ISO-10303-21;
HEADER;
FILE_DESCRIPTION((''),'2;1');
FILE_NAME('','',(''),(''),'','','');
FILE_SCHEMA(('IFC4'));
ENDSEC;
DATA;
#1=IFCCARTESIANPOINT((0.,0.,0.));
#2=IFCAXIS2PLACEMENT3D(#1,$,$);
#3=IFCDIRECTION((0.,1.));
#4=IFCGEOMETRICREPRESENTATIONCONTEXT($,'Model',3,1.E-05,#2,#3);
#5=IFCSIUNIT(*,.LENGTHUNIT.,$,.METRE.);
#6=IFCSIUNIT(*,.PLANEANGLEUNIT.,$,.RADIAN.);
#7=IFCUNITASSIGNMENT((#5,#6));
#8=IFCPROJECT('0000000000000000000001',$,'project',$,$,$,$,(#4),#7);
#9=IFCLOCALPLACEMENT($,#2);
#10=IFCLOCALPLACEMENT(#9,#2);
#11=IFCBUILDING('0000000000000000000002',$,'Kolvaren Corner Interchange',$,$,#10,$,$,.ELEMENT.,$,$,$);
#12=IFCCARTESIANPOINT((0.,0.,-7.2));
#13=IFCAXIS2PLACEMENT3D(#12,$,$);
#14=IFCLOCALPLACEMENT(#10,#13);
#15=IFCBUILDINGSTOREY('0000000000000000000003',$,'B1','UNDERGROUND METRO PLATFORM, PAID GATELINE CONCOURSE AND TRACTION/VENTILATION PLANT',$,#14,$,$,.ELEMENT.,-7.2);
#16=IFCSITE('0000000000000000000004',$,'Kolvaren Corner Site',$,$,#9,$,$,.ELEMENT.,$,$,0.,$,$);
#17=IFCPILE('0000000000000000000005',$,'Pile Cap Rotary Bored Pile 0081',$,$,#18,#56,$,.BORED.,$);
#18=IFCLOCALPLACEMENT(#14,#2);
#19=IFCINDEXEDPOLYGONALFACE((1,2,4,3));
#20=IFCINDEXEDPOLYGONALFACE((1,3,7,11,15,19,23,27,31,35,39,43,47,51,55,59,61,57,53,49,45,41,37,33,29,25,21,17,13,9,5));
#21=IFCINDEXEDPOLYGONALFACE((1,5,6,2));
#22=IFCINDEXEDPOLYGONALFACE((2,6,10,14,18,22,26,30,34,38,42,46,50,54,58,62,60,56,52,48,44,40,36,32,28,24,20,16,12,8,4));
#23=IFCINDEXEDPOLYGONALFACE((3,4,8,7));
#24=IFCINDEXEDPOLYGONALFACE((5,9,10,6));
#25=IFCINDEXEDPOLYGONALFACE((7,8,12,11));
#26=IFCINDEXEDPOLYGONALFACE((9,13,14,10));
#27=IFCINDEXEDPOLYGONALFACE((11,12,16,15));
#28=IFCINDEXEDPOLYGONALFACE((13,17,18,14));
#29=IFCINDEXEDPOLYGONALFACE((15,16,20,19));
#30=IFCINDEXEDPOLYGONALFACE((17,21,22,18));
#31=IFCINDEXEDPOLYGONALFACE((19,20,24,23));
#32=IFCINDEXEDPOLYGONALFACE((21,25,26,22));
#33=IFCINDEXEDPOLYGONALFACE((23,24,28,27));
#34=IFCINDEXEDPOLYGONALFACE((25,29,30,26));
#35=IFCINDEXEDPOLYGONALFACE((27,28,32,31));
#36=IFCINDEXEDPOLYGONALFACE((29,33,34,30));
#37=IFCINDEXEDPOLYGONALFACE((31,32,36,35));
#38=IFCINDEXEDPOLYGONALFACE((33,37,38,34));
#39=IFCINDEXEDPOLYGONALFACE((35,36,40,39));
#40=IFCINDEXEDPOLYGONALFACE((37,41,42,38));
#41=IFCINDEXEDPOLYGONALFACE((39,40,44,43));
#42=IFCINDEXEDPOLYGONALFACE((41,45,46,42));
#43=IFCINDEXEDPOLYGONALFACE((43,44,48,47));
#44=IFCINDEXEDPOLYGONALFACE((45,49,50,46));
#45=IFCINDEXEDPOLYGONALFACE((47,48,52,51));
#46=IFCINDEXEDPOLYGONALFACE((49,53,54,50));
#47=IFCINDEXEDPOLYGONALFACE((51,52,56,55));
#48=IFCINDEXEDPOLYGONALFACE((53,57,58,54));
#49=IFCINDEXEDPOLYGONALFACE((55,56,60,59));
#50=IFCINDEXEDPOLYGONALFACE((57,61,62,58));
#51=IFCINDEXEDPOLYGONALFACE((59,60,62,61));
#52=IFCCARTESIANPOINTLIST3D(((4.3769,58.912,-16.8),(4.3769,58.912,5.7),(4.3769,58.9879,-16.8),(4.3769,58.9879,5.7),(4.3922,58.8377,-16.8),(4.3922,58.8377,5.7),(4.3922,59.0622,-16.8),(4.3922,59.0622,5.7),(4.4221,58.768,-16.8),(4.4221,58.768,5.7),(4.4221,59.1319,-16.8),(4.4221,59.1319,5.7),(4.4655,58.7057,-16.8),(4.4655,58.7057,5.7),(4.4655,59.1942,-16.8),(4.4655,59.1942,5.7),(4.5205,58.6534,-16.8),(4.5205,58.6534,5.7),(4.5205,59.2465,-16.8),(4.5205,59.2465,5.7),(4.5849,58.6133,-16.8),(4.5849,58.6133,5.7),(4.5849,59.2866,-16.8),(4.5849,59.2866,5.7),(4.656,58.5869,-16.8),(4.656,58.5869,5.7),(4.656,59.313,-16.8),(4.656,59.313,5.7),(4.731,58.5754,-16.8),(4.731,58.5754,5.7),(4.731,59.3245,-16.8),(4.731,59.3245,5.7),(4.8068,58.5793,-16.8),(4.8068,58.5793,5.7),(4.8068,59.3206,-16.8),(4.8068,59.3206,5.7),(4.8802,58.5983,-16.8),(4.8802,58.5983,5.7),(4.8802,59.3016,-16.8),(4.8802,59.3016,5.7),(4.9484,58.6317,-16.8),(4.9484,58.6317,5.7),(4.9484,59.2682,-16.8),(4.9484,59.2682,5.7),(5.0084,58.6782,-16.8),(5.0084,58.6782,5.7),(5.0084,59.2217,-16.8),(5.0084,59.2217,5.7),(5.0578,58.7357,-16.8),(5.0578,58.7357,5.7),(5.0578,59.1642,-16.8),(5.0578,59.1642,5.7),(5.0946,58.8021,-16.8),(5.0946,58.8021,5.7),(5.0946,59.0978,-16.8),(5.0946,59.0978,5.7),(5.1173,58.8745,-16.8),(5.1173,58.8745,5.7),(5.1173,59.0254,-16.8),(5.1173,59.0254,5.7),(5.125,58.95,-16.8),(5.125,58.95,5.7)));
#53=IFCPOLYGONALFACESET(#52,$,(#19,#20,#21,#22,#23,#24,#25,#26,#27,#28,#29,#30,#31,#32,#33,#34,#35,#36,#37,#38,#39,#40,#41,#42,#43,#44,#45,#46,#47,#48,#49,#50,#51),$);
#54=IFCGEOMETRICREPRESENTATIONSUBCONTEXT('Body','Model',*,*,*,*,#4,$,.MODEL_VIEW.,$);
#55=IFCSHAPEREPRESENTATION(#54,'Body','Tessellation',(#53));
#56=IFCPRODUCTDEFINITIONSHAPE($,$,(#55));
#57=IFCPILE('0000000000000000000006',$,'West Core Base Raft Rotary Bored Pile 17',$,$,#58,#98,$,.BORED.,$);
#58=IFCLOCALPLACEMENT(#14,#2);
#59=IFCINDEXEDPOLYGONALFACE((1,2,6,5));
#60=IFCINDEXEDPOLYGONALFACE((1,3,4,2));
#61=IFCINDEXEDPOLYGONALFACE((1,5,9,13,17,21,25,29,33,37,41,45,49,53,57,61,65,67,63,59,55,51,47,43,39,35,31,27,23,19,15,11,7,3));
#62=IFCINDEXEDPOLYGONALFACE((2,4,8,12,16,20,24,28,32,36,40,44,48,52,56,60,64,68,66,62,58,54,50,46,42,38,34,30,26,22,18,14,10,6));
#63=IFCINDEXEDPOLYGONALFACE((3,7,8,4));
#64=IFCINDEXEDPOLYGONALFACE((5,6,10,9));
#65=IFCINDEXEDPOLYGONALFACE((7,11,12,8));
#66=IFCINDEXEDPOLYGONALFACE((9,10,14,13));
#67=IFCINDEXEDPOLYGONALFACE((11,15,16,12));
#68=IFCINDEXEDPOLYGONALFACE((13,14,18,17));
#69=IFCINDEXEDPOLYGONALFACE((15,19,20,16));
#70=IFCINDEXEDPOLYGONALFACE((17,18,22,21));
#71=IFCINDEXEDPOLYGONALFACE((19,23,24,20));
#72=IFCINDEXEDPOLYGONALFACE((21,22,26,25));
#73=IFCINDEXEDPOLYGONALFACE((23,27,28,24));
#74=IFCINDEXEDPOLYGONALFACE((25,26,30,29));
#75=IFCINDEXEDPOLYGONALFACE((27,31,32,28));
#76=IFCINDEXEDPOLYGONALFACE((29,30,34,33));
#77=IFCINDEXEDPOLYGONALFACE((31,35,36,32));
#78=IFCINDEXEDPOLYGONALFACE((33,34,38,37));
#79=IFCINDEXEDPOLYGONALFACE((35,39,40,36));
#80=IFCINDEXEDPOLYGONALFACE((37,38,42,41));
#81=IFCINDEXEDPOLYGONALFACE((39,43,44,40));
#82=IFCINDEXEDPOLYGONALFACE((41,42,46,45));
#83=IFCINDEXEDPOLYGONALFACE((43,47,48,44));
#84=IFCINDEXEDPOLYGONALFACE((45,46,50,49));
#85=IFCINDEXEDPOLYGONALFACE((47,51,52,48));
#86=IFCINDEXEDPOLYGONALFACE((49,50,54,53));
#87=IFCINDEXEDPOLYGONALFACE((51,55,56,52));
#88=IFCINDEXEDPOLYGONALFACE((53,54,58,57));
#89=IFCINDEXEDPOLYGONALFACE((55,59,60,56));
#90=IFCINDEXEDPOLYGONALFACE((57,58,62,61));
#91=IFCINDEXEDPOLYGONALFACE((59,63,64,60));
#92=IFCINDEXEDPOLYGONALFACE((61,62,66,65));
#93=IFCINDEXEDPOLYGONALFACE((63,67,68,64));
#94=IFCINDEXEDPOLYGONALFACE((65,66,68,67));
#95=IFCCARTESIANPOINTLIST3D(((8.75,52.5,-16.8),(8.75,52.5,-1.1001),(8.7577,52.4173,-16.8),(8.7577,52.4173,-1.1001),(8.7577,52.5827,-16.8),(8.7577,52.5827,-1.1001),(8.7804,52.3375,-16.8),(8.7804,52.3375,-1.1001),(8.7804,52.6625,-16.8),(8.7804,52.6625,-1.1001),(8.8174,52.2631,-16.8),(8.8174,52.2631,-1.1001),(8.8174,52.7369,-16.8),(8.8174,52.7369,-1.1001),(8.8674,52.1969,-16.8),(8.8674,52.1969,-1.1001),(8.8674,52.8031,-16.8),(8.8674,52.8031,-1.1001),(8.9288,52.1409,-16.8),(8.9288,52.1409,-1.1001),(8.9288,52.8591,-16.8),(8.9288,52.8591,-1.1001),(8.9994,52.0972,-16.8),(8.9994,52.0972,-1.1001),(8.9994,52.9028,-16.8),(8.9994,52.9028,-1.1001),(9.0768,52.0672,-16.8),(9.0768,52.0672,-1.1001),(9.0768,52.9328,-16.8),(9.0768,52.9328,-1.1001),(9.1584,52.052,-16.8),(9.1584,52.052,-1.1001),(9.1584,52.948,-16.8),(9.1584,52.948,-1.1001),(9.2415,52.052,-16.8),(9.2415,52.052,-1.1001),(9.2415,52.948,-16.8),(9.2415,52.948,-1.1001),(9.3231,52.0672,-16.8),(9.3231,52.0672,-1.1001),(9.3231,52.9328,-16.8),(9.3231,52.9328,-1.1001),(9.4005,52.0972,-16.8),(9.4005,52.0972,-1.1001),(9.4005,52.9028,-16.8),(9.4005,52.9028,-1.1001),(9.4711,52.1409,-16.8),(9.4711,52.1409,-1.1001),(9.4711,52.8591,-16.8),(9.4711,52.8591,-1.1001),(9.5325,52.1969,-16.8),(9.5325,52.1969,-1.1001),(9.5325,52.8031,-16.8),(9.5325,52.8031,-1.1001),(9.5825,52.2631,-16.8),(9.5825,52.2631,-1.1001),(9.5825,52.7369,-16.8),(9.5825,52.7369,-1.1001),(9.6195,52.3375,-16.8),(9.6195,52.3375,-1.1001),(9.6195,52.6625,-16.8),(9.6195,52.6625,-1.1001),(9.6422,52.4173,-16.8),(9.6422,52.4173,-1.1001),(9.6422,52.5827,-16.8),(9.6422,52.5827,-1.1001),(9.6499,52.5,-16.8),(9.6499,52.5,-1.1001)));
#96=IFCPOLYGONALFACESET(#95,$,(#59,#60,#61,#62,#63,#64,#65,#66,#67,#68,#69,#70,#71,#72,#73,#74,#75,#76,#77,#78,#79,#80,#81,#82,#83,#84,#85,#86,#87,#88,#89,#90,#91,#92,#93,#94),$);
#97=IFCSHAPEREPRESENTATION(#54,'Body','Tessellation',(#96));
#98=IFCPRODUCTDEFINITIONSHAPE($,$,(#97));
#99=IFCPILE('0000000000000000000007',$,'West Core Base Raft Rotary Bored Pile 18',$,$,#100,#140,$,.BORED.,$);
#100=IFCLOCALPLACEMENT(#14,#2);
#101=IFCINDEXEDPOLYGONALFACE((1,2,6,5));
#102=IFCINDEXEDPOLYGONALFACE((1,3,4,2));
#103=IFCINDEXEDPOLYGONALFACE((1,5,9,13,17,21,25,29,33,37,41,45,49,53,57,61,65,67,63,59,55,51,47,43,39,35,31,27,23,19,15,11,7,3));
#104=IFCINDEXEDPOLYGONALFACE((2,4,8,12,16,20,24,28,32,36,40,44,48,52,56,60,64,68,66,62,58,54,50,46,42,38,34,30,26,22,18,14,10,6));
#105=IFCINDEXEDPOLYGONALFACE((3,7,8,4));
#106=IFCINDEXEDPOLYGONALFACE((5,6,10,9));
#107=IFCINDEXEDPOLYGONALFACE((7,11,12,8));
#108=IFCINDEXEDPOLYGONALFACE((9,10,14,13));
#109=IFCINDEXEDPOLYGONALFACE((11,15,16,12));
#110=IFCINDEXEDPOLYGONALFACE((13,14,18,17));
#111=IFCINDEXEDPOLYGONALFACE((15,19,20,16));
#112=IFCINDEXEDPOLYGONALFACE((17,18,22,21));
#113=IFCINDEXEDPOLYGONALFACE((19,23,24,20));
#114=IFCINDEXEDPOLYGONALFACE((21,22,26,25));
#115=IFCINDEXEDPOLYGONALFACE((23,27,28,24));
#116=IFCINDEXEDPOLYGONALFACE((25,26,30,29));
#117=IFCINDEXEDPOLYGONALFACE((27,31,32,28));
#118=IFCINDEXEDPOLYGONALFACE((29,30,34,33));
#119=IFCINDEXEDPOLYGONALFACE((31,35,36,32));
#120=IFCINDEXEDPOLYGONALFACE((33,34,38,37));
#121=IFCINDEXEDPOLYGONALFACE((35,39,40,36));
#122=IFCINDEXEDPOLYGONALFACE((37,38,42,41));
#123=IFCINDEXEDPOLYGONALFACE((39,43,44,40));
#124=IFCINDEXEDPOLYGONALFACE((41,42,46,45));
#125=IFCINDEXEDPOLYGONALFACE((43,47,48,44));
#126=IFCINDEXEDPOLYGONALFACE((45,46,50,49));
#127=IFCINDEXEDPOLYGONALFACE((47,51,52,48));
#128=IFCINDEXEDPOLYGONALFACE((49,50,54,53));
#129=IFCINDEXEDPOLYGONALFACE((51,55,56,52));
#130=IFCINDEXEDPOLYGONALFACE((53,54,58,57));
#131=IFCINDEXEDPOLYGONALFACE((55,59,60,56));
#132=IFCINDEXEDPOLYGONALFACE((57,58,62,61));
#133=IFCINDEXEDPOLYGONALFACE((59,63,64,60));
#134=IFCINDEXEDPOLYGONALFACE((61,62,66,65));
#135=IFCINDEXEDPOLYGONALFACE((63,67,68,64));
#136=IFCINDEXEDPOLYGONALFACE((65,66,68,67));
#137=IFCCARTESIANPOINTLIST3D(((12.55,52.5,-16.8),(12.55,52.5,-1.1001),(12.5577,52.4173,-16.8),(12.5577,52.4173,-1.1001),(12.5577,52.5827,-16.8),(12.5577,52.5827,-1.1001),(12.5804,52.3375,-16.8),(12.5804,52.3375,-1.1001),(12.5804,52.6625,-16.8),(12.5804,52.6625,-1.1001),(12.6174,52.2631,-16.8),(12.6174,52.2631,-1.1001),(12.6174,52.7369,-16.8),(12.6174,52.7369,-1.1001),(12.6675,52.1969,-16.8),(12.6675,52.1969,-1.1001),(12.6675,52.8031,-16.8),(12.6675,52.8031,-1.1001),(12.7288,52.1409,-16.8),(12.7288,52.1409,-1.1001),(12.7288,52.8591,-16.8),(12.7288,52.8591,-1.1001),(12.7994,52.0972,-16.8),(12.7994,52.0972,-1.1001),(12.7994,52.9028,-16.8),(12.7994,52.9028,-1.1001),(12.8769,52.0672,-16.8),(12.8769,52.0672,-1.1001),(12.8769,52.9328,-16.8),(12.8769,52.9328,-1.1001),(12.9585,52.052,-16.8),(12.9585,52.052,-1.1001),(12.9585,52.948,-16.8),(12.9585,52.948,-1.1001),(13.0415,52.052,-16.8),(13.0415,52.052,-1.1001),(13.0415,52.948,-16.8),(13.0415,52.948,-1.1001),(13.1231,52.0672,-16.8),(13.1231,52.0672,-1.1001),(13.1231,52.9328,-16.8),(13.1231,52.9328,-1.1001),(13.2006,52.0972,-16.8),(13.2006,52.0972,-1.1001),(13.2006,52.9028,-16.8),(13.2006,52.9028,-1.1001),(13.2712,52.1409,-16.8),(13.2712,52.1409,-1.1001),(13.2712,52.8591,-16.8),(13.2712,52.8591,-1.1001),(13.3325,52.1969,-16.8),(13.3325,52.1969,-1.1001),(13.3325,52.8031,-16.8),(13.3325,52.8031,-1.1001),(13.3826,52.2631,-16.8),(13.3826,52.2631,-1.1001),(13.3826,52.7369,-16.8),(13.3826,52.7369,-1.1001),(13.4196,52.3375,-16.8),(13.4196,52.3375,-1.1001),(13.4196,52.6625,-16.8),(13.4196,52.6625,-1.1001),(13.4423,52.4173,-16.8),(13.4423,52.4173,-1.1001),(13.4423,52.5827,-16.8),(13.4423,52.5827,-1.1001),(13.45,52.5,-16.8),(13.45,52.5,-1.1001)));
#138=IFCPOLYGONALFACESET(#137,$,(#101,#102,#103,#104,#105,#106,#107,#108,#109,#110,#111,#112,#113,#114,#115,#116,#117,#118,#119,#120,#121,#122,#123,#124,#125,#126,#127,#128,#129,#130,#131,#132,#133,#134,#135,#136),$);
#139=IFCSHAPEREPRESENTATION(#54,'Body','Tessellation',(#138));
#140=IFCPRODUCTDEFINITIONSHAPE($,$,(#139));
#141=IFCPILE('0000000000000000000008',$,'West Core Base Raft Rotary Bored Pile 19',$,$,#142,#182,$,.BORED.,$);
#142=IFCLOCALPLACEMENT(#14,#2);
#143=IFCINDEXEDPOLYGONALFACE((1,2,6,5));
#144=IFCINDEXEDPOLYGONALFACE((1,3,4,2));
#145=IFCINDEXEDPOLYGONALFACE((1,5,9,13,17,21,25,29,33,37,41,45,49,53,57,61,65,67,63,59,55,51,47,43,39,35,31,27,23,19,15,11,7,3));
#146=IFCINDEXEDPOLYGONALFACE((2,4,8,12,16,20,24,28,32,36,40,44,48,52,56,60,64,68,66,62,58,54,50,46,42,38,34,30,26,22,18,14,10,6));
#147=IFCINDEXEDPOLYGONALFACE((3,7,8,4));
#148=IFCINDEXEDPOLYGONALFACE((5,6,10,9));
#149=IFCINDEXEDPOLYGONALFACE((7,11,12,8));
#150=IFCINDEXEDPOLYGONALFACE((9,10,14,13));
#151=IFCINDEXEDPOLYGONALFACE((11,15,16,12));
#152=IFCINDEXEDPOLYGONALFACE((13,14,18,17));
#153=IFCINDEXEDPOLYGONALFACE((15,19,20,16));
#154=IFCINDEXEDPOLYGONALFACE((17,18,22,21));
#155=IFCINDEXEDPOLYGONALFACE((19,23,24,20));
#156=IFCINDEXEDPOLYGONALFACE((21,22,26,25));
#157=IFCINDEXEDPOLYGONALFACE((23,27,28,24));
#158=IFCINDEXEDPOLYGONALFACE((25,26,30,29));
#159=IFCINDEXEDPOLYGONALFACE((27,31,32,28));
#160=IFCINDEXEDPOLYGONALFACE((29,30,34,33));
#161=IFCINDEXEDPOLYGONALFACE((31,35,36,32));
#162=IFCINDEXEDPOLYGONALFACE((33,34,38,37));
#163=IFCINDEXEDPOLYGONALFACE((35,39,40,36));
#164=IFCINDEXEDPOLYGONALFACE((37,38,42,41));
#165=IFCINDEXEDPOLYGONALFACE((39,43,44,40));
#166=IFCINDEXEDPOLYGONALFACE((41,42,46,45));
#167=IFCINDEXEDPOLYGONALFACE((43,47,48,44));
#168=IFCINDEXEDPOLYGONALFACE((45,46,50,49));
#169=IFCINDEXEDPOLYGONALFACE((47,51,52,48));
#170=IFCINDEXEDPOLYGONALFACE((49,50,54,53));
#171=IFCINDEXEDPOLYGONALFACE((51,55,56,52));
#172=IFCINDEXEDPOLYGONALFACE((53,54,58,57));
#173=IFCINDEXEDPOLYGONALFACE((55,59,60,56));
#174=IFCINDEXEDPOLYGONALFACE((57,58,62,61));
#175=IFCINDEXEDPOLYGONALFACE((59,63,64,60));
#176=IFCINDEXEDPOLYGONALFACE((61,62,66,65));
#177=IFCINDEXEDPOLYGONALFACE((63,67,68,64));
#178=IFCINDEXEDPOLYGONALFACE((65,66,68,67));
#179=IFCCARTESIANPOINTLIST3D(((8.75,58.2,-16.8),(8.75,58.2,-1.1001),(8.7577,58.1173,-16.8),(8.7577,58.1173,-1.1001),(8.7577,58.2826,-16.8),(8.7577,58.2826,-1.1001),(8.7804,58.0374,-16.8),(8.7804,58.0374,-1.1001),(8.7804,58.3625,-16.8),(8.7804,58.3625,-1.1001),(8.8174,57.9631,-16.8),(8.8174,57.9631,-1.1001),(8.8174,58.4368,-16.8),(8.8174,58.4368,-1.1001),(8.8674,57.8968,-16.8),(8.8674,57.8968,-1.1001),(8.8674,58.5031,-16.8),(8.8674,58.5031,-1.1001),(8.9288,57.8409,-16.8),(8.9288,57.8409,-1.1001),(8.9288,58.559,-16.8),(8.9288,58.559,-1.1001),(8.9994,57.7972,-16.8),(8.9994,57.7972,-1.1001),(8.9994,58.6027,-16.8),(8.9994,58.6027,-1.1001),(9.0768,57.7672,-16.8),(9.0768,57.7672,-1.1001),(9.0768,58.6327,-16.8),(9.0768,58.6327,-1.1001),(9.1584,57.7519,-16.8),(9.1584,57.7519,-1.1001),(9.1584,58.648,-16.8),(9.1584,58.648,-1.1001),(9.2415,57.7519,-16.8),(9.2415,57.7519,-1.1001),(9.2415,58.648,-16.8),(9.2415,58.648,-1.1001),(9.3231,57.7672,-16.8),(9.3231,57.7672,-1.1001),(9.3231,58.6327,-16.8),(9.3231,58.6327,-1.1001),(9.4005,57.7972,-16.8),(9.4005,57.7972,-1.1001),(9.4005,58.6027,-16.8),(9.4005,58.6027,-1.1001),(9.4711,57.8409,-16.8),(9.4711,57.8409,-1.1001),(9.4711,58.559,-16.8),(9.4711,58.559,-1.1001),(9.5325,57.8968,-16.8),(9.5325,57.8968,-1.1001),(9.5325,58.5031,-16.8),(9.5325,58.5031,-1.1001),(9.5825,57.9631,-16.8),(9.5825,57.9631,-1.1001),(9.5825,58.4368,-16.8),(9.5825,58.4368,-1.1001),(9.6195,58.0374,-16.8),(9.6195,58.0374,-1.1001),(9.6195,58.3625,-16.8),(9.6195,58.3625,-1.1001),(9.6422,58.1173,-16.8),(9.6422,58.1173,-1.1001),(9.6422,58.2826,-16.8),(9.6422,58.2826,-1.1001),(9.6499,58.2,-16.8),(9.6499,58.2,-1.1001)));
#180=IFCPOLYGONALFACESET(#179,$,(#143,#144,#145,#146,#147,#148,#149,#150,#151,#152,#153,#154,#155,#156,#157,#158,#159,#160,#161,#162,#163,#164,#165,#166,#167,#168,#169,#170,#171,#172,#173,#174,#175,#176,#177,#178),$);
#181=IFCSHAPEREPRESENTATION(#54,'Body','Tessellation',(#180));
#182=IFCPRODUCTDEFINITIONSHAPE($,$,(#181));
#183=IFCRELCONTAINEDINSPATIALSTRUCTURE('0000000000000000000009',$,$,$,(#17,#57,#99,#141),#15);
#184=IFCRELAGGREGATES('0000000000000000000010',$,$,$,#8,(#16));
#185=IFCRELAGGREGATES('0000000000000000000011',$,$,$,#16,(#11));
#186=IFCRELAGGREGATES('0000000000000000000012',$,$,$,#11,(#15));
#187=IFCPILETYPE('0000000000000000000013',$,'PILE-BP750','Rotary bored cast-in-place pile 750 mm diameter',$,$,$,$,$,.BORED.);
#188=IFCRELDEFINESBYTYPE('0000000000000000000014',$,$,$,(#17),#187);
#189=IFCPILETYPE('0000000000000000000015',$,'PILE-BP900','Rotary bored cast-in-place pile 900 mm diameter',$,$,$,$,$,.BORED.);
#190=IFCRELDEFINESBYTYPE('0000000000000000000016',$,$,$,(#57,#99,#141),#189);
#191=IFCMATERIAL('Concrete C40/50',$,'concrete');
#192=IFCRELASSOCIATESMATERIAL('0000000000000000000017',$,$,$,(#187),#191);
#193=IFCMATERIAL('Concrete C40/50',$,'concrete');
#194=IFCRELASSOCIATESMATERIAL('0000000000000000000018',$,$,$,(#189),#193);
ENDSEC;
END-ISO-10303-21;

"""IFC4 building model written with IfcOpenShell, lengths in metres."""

from ifc_helpers import new_model, si_unit, direction, frame, origin, origin_2d, place, context, subcontext, project, spatial, circle, extrude, material, material_profile, profile_set, type_object, element, save


model = new_model("IFC4")

# Units and contexts
model_context = context("Model", 3, precision=1e-05, world=origin(), true_north=direction((0.0, 1.0)))
body_context = subcontext(model_context, "Body", "Model", "MODEL_VIEW")
ifc_project = project(units=[si_unit("LENGTHUNIT", "METRE"), si_unit("PLANEANGLEUNIT", "RADIAN")], contexts=[model_context])

# Site, building, storey
site_placement = place(None, origin())
site = spatial("IfcSite", under=ifc_project, at=site_placement, Name="Kolvaren Corner Site", CompositionType="ELEMENT", RefElevation=0.0)
building_placement = place(site_placement, origin())
building = spatial("IfcBuilding", under=site, at=building_placement, Name="Kolvaren Corner Interchange", CompositionType="ELEMENT")
storey_placement = place(building_placement, frame((0.0, 0.0, -7.2)))
storey = spatial("IfcBuildingStorey", under=building, at=storey_placement, Name="B1", Description="UNDERGROUND METRO PLATFORM, PAID GATELINE CONCOURSE AND TRACTION/VENTILATION PLANT", CompositionType="ELEMENT", Elevation=-7.2)

# Piles
ifc_material_1 = material(Name="Concrete C40/50", Category="concrete")
ifc_material_profile_1 = material_profile(ifc_material_1, circle(Radius=0.375, at=origin_2d()), Name="BORED PILE 750")
ifc_profile_set_1 = profile_set([ifc_material_profile_1], Name="Concrete C40/50")
pile_type_1 = type_object("IfcPileType", Name="PILE-BP750", Description="Rotary bored cast-in-place pile 750 mm diameter", PredefinedType="BORED", material=ifc_profile_set_1)
for number, where, z_axis, x_axis, name in (
    (1, (4.75, 58.95, 5.7), (0.0, 0.0, -1.0), (1.0, 0.0, 0.0), "Pile Cap Rotary Bored Pile 0081"),
):
    element("IfcPile", number, at=place(storey_placement, frame(where, z_axis=z_axis, x_axis=x_axis)), inside=storey, type_object=pile_type_1, Name=name, PredefinedType="BORED", context=body_context, shape_type="SweptSolid", body=[
        extrude(circle(Radius=0.375, at=origin_2d()), origin(), (0.0, 0.0, 1.0), 22.5),
    ])
ifc_material_2 = material(Name="Concrete C40/50", Category="concrete")
ifc_material_profile_2 = material_profile(ifc_material_2, circle(Radius=0.45, at=origin_2d()), Name="BORED PILE 900")
ifc_profile_set_2 = profile_set([ifc_material_profile_2], Name="Concrete C40/50")
pile_type_2 = type_object("IfcPileType", Name="PILE-BP900", Description="Rotary bored cast-in-place pile 900 mm diameter", PredefinedType="BORED", material=ifc_profile_set_2)
for number, where, z_axis, x_axis, name in (
    (2, (9.2, 52.5, -1.1001), (0.0, 0.0, -1.0), (1.0, 0.0, 0.0), "West Core Base Raft Rotary Bored Pile 17"),
    (3, (13.0, 52.5, -1.1001), (0.0, 0.0, -1.0), (1.0, 0.0, 0.0), "West Core Base Raft Rotary Bored Pile 18"),
    (4, (9.2, 58.2, -1.1001), (0.0, 0.0, -1.0), (1.0, 0.0, 0.0), "West Core Base Raft Rotary Bored Pile 19"),
):
    element("IfcPile", number, at=place(storey_placement, frame(where, z_axis=z_axis, x_axis=x_axis)), inside=storey, type_object=pile_type_2, Name=name, PredefinedType="BORED", context=body_context, shape_type="SweptSolid", body=[
        extrude(circle(Radius=0.45, at=origin_2d()), origin(), (0.0, 0.0, 1.0), 15.7),
    ])

save(model, "model.ifc")
